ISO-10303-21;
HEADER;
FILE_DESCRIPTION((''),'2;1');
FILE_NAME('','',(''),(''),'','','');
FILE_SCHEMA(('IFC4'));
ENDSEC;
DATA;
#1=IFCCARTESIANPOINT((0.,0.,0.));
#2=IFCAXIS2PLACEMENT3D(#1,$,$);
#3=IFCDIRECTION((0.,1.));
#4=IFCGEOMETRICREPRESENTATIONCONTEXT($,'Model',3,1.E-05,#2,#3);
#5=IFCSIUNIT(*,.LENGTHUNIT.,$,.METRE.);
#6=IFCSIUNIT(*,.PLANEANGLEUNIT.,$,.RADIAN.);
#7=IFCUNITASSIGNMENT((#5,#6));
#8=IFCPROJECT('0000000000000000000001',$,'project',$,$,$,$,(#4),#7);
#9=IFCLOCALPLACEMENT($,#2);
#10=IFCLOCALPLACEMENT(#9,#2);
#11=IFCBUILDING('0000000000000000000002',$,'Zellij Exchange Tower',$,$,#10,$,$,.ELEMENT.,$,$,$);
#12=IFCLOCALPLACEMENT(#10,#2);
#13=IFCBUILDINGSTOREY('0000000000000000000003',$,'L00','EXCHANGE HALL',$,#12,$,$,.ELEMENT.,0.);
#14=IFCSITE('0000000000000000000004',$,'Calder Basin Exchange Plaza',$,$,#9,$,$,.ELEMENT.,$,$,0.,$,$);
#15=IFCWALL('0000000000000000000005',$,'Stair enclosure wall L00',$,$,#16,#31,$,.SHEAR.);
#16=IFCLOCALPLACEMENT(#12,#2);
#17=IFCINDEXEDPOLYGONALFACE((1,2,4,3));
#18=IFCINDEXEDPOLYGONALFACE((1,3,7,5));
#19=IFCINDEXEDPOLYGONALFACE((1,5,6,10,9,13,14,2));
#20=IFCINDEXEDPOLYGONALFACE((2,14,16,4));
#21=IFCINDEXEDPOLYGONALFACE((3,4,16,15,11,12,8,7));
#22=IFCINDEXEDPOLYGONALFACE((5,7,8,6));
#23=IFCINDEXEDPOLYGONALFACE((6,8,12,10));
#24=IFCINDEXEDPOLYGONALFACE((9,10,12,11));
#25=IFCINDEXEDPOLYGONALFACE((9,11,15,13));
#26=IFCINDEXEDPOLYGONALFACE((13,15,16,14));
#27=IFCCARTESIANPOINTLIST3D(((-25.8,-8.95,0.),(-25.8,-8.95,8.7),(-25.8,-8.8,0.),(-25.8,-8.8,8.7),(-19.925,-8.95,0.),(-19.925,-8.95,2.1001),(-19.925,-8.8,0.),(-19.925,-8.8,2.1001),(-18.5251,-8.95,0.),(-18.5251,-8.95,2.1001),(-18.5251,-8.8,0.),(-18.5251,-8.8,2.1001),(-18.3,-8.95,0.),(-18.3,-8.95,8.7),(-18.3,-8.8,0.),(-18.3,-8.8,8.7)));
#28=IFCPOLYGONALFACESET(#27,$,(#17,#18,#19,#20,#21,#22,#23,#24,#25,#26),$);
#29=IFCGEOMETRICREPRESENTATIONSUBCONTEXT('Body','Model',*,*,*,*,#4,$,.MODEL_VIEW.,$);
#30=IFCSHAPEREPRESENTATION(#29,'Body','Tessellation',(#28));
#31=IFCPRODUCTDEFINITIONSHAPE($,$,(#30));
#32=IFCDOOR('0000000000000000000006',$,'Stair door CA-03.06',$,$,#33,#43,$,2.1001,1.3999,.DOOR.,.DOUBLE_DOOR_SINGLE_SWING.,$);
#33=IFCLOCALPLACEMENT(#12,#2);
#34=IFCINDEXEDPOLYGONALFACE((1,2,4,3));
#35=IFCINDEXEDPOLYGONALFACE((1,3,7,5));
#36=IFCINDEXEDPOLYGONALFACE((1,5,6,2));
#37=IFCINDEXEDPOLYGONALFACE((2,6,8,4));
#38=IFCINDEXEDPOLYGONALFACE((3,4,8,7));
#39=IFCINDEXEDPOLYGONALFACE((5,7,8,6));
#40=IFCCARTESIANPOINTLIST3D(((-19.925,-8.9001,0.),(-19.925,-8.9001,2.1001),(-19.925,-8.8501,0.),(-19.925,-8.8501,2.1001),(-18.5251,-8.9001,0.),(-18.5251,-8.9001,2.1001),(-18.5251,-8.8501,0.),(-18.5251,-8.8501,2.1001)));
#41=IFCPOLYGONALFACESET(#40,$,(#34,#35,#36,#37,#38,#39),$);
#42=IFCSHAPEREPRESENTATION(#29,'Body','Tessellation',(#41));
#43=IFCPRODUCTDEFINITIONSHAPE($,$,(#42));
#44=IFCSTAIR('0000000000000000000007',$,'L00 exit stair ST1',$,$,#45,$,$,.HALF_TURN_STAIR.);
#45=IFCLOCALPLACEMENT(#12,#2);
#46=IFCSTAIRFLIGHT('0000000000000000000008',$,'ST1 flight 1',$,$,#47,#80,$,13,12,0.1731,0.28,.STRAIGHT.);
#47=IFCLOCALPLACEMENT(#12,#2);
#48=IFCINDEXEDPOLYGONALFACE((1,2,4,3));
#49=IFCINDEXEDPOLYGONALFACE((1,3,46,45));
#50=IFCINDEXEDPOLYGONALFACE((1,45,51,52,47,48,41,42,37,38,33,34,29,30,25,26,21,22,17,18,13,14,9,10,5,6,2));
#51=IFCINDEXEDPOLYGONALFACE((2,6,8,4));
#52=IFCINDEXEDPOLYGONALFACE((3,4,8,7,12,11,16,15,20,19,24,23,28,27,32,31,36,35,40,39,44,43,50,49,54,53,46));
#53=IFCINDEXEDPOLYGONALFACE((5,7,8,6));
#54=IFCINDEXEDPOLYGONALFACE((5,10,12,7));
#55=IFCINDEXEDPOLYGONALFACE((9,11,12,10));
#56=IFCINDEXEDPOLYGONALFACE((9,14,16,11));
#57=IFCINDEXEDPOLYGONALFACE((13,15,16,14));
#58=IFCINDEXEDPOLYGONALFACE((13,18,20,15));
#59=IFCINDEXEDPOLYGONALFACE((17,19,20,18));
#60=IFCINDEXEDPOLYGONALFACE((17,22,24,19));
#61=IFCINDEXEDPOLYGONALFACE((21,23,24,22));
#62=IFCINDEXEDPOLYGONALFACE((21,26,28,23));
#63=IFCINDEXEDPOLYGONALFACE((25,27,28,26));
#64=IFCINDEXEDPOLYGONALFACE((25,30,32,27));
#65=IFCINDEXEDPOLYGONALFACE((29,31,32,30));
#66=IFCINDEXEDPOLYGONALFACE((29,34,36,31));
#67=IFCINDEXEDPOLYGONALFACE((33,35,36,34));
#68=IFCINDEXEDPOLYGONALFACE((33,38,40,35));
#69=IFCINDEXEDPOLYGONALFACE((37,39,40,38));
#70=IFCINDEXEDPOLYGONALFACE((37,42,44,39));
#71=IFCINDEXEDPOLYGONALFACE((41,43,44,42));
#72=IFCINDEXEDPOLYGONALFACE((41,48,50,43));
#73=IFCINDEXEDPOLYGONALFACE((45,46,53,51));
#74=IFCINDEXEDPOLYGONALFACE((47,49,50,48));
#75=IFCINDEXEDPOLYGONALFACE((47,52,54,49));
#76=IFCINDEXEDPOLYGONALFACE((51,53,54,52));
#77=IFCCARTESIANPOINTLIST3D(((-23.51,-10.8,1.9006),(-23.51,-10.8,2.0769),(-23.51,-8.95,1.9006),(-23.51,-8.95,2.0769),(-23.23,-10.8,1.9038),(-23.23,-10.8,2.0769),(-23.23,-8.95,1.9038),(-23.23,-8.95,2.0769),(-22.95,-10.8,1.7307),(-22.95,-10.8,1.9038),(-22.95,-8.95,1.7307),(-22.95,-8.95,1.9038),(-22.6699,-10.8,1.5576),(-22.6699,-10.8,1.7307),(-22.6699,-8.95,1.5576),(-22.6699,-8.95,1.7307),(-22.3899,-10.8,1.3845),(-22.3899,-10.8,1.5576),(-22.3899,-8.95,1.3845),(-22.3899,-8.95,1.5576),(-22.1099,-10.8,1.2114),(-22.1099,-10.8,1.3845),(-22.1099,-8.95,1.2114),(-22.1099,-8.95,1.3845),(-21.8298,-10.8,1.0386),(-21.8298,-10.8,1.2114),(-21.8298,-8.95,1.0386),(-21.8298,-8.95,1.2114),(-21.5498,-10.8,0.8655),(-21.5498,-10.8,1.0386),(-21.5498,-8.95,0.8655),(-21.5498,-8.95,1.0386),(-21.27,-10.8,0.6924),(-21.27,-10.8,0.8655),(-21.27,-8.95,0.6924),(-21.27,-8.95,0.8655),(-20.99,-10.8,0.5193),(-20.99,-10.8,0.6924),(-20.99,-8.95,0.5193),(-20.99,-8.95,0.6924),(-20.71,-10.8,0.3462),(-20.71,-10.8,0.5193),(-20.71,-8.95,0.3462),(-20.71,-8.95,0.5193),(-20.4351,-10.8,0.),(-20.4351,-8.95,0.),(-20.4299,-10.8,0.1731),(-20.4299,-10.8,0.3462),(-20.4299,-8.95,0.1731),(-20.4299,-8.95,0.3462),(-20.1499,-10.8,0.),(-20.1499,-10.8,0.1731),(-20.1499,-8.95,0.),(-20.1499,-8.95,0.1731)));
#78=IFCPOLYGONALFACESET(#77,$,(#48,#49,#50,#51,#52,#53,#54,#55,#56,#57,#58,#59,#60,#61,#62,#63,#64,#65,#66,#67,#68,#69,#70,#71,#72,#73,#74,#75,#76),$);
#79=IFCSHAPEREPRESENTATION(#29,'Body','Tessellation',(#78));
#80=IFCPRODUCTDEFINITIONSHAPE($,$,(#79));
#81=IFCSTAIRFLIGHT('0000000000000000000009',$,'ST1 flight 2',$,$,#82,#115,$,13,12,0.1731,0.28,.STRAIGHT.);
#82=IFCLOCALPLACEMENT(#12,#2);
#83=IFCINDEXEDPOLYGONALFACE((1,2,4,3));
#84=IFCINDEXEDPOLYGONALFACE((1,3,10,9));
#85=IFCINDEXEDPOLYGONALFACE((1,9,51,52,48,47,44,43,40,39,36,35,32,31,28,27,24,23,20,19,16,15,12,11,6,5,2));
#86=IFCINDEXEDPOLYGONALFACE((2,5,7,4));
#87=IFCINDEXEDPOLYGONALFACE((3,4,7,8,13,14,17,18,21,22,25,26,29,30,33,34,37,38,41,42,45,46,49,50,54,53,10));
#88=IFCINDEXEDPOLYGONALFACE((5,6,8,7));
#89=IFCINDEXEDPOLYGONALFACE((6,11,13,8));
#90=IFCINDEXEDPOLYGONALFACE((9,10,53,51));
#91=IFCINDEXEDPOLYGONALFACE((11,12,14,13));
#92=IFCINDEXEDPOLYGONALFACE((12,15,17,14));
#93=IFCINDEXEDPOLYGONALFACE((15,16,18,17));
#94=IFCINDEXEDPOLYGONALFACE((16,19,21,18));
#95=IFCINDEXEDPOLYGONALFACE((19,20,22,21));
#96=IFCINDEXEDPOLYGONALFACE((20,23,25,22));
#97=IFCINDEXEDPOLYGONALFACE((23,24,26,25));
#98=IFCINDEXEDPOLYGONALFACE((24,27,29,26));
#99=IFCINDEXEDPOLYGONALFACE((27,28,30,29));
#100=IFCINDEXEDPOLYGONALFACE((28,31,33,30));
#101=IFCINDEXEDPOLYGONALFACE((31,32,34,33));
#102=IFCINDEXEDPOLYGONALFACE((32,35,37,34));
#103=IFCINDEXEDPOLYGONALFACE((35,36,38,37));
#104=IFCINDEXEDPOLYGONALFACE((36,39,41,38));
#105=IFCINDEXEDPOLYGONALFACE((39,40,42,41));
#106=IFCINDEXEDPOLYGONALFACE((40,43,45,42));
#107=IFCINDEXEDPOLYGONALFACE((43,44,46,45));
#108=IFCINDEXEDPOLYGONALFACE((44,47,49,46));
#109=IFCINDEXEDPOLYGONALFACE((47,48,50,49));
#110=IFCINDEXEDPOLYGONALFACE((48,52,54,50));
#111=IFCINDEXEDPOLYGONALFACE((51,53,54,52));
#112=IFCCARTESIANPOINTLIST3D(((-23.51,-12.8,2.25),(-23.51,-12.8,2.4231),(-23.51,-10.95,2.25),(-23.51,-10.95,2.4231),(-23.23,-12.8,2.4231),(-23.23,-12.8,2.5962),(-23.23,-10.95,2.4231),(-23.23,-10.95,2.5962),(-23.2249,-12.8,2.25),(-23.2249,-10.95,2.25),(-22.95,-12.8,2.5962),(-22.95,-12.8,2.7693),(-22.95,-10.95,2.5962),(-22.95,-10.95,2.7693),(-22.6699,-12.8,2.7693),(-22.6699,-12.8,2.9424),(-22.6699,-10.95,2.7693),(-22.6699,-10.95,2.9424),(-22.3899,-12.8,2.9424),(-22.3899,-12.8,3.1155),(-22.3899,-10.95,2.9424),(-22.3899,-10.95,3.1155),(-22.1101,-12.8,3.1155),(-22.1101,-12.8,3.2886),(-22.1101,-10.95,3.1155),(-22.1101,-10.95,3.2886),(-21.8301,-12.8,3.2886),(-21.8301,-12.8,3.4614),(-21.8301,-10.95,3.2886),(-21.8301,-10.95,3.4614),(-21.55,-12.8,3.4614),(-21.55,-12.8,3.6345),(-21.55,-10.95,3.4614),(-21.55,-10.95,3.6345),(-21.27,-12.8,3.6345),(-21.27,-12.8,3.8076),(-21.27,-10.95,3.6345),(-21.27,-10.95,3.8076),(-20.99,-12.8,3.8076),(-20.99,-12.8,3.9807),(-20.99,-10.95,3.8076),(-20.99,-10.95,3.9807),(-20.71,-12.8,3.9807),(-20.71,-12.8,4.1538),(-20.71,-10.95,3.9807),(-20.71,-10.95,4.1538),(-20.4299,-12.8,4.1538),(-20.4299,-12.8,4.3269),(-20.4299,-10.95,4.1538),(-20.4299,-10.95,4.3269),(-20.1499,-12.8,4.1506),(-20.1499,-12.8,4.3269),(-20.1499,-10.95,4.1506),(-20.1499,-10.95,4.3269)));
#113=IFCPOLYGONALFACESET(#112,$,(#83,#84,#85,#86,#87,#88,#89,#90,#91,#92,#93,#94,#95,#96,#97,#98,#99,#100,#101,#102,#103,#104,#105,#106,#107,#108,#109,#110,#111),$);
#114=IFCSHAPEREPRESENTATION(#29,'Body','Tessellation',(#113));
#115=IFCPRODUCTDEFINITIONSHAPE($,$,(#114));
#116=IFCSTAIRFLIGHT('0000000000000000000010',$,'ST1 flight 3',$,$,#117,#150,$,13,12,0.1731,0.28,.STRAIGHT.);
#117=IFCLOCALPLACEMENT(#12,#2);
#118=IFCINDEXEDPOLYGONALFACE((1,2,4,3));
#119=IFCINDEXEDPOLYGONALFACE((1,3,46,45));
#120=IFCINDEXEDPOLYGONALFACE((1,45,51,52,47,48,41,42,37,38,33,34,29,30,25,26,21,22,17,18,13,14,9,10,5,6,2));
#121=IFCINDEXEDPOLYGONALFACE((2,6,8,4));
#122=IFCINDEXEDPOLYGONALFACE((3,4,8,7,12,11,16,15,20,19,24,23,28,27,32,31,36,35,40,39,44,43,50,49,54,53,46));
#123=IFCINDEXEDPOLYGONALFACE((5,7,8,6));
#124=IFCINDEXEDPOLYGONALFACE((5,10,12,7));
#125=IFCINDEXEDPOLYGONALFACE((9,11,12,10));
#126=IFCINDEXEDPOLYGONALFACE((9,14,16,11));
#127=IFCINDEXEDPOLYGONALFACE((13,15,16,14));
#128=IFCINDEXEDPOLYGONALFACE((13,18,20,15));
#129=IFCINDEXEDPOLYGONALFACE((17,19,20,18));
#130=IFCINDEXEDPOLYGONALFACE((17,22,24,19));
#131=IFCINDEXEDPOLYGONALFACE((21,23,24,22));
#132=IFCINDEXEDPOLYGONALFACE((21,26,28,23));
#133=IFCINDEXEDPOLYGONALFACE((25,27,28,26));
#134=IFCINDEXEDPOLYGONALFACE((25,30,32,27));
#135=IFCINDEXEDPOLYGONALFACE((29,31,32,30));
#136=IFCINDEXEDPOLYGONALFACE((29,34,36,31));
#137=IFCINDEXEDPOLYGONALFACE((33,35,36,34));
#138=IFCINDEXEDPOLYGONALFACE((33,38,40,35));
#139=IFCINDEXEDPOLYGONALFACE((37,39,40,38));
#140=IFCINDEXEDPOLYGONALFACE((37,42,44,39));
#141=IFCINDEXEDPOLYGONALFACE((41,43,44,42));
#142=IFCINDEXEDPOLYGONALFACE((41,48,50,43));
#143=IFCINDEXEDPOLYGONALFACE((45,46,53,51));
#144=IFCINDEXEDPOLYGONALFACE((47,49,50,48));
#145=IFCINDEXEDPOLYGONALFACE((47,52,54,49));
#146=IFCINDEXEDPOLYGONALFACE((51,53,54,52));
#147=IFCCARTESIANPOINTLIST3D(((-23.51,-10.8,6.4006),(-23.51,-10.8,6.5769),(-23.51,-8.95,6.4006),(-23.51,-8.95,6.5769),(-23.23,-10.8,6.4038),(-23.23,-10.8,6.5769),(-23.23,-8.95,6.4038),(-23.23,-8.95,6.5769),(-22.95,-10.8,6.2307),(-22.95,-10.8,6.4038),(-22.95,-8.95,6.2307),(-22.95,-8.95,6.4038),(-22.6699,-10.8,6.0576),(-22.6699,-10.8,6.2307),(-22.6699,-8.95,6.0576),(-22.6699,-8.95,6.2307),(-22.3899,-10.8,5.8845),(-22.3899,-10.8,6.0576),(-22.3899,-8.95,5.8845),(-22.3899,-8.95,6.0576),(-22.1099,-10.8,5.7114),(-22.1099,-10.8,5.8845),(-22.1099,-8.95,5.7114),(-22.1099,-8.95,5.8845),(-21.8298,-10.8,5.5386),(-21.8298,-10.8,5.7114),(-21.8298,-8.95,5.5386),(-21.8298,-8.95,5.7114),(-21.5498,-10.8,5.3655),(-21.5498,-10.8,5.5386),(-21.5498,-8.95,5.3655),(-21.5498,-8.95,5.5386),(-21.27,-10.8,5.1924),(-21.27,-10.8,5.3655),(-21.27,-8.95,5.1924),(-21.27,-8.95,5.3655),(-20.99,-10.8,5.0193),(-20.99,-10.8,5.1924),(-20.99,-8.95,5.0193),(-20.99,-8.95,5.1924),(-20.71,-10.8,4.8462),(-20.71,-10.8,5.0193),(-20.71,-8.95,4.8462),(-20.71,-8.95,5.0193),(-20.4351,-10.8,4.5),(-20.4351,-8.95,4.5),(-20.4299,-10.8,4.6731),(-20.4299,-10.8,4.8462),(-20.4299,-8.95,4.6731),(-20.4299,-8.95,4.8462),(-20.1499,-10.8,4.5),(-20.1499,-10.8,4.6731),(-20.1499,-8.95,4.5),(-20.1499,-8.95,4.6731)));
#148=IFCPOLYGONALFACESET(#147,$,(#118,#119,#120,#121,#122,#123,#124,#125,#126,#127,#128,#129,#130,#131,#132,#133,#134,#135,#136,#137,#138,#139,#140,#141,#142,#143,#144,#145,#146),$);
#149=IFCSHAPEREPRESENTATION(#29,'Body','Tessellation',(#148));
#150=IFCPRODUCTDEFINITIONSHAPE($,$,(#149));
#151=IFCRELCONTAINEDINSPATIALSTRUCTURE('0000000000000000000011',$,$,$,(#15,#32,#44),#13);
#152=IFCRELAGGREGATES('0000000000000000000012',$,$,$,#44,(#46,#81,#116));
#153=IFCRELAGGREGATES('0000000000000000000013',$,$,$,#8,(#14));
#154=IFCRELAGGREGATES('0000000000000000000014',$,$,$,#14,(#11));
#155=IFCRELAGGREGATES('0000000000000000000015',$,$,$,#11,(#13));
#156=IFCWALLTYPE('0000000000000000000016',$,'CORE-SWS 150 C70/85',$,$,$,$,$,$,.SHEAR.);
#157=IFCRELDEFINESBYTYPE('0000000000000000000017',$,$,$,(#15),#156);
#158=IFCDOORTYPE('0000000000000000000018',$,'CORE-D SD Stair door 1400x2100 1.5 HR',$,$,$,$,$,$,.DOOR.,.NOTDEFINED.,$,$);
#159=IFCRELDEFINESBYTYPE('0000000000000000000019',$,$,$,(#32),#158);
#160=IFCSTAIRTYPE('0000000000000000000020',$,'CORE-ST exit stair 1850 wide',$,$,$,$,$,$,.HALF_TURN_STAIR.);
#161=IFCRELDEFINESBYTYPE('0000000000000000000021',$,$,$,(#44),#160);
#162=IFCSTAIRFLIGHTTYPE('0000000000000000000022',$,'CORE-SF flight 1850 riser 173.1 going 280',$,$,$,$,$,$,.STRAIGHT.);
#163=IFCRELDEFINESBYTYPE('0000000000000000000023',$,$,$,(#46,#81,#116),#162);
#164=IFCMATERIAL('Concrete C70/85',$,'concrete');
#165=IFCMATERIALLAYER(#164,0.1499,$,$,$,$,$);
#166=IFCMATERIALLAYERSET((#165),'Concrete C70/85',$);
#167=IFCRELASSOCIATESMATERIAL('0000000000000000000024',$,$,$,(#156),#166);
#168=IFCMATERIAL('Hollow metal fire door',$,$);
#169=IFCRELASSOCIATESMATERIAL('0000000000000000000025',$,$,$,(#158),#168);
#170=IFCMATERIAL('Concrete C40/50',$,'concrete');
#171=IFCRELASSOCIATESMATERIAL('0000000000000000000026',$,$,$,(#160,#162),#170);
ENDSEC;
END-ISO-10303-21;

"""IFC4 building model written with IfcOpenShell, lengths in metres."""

from ifc_helpers import new_model, si_unit, direction, frame, frame_2d, origin, place, context, subcontext, project, spatial, polyline, rectangle, outline, extrude, material, layer, layer_set, type_object, element, fill, aggregate, save


model = new_model("IFC4")

# Units and contexts
model_context = context("Model", 3, precision=1e-05, world=origin(), true_north=direction((0.0, 1.0)))
body_context = subcontext(model_context, "Body", "Model", "MODEL_VIEW")
ifc_project = project(units=[si_unit("LENGTHUNIT", "METRE"), si_unit("PLANEANGLEUNIT", "RADIAN")], contexts=[model_context])

# Site, building, storey
site_placement = place(None, origin())
site = spatial("IfcSite", under=ifc_project, at=site_placement, Name="Calder Basin Exchange Plaza", CompositionType="ELEMENT", RefElevation=0.0)
building_placement = place(site_placement, origin())
building = spatial("IfcBuilding", under=site, at=building_placement, Name="Zellij Exchange Tower", CompositionType="ELEMENT")
storey_placement = place(building_placement, origin())
storey = spatial("IfcBuildingStorey", under=building, at=storey_placement, Name="L00", Description="EXCHANGE HALL", CompositionType="ELEMENT", Elevation=0.0)

# Shared definitions
ifc_material_1 = material(Name="Hollow metal fire door")

# Wall, opening, door
ifc_material_2 = material(Name="Concrete C70/85", Category="concrete")
ifc_layer_1 = layer(ifc_material_2, 0.1499)
ifc_layer_set_1 = layer_set([ifc_layer_1], Name="Concrete C70/85")
wall_type_1 = type_object("IfcWallType", Name="CORE-SWS 150 C70/85", PredefinedType="SHEAR", material=ifc_layer_set_1)
wall_1_placement = place(storey_placement, frame((-25.8, -8.875, 0.0), z_axis=(0.0, 0.0, 1.0), x_axis=(1.0, 0.0, 0.0)))
wall_1 = element("IfcWall", 1, at=wall_1_placement, inside=storey, type_object=wall_type_1, Name="Stair enclosure wall L00", PredefinedType="SHEAR", context=body_context, shape_type="SweptSolid", body=[
    extrude(rectangle(XDim=7.5, YDim=0.1499, at=frame_2d((3.75, 0.0))), origin(), (0.0, 0.0, 1.0), 8.7),
])
opening_1_placement = place(wall_1_placement, frame((5.875, 0.0, 0.0)))
opening_1 = element("IfcOpeningElement", 2, at=opening_1_placement, cuts=wall_1, PredefinedType="OPENING", context=body_context, shape_type="SweptSolid", body=[
    extrude(rectangle(XDim=1.3999, YDim=2.1001, at=frame_2d((0.7, 1.05))), frame((0.0, 0.0869, 0.0), z_axis=(0.0, -1.0, 0.0), x_axis=(1.0, 0.0, 0.0)), (0.0, 0.0, 1.0), 0.1738),
])
door_type_1 = type_object("IfcDoorType", Name="CORE-D SD Stair door 1400x2100 1.5 HR", OperationType="NOTDEFINED", PredefinedType="DOOR", material=ifc_material_1)
door_1_placement = place(opening_1_placement, origin())
door_1 = element("IfcDoor", 3, at=door_1_placement, inside=storey, type_object=door_type_1, Name="Stair door CA-03.06", OperationType="DOUBLE_DOOR_SINGLE_SWING", OverallHeight=2.1001, OverallWidth=1.3999, PredefinedType="DOOR", context=body_context, shape_type="SweptSolid", body=[
    extrude(rectangle(XDim=1.3999, YDim=2.1001, at=frame_2d((0.7, 1.05))), frame((0.0, 0.0249, 0.0), z_axis=(0.0, -1.0, 0.0), x_axis=(1.0, 0.0, 0.0)), (0.0, 0.0, 1.0), 0.05),
])
fill(opening_1, door_1)

# Stair, stair flights
ifc_material_3 = material(Name="Concrete C40/50", Category="concrete")
stair_type = type_object("IfcStairType", Name="CORE-ST exit stair 1850 wide", PredefinedType="HALF_TURN_STAIR", material=ifc_material_3)
stair_placement = place(storey_placement, origin())
stair = element("IfcStair", 4, at=stair_placement, inside=storey, type_object=stair_type, Name="L00 exit stair ST1", PredefinedType="HALF_TURN_STAIR")
stair_flight_type = type_object("IfcStairFlightType", Name="CORE-SF flight 1850 riser 173.1 going 280", PredefinedType="STRAIGHT", material=ifc_material_3)
stair_flight_1_placement = place(storey_placement, frame((-20.1499, -9.875, 0.0), z_axis=(0.0, 0.0, 1.0), x_axis=(-1.0, 0.0, 0.0)))
stair_flight_1 = element("IfcStairFlight", 5, at=stair_flight_1_placement, type_object=stair_flight_type, Name="ST1 flight 1", NumberOfRisers=13, NumberOfTreads=12, PredefinedType="STRAIGHT", RiserHeight=0.1731, TreadLength=0.28, context=body_context, shape_type="SweptSolid", body=[
    extrude(outline(polyline([(0.0, 0.0), (0.0, 0.1731), (0.28, 0.1731), (0.28, 0.3462), (0.5601, 0.3462), (0.5601, 0.5193), (0.8401, 0.5193), (0.8401, 0.6924), (1.1201, 0.6924), (1.1201, 0.8655), (1.3999, 0.8655), (1.3999, 1.0386), (1.6799, 1.0386), (1.6799, 1.2114), (1.96, 1.2114), (1.96, 1.3845), (2.24, 1.3845), (2.24, 1.5576), (2.52, 1.5576), (2.52, 1.7307), (2.8, 1.7307), (2.8, 1.9038), (3.0801, 1.9038), (3.0801, 2.0769), (3.3601, 2.0769), (3.3601, 2.25), (3.3601, 1.9006), (0.2852, 0.0), (0.0, 0.0)])), frame((0.0, 0.925, 0.0), z_axis=(0.0, -1.0, 0.0), x_axis=(1.0, 0.0, 0.0)), (0.0, 0.0, 1.0), 1.8501),
])
stair_flight_2_placement = place(storey_placement, frame((-23.51, -11.875, 2.25), z_axis=(0.0, 0.0, 1.0), x_axis=(1.0, 0.0, 0.0)))
stair_flight_2 = element("IfcStairFlight", 6, at=stair_flight_2_placement, type_object=stair_flight_type, Name="ST1 flight 2", NumberOfRisers=13, NumberOfTreads=12, PredefinedType="STRAIGHT", RiserHeight=0.1731, TreadLength=0.28, context=body_context, shape_type="SweptSolid", body=[
    extrude(outline(polyline([(0.0, 0.0), (0.0, 0.1731), (0.28, 0.1731), (0.28, 0.3462), (0.5601, 0.3462), (0.5601, 0.5193), (0.8401, 0.5193), (0.8401, 0.6924), (1.1201, 0.6924), (1.1201, 0.8655), (1.3999, 0.8655), (1.3999, 1.0386), (1.6799, 1.0386), (1.6799, 1.2114), (1.96, 1.2114), (1.96, 1.3845), (2.24, 1.3845), (2.24, 1.5576), (2.52, 1.5576), (2.52, 1.7307), (2.8, 1.7307), (2.8, 1.9038), (3.0801, 1.9038), (3.0801, 2.0769), (3.3601, 2.0769), (3.3601, 2.25), (3.3601, 1.9006), (0.2852, 0.0), (0.0, 0.0)])), frame((0.0, 0.925, 0.0), z_axis=(0.0, -1.0, 0.0), x_axis=(1.0, 0.0, 0.0)), (0.0, 0.0, 1.0), 1.8501),
])
stair_flight_3_placement = place(storey_placement, frame((-20.1499, -9.875, 4.5), z_axis=(0.0, 0.0, 1.0), x_axis=(-1.0, 0.0, 0.0)))
stair_flight_3 = element("IfcStairFlight", 7, at=stair_flight_3_placement, type_object=stair_flight_type, Name="ST1 flight 3", NumberOfRisers=13, NumberOfTreads=12, PredefinedType="STRAIGHT", RiserHeight=0.1731, TreadLength=0.28, context=body_context, shape_type="SweptSolid", body=[
    extrude(outline(polyline([(0.0, 0.0), (0.0, 0.1731), (0.28, 0.1731), (0.28, 0.3462), (0.5601, 0.3462), (0.5601, 0.5193), (0.8401, 0.5193), (0.8401, 0.6924), (1.1201, 0.6924), (1.1201, 0.8655), (1.3999, 0.8655), (1.3999, 1.0386), (1.6799, 1.0386), (1.6799, 1.2114), (1.96, 1.2114), (1.96, 1.3845), (2.24, 1.3845), (2.24, 1.5576), (2.52, 1.5576), (2.52, 1.7307), (2.8, 1.7307), (2.8, 1.9038), (3.0801, 1.9038), (3.0801, 2.0769), (3.3601, 2.0769), (3.3601, 2.25), (3.3601, 1.9006), (0.2852, 0.0), (0.0, 0.0)])), frame((0.0, 0.925, 0.0), z_axis=(0.0, -1.0, 0.0), x_axis=(1.0, 0.0, 0.0)), (0.0, 0.0, 1.0), 1.8501),
])
aggregate(stair, [stair_flight_1, stair_flight_2, stair_flight_3])

save(model, "model.ifc")
